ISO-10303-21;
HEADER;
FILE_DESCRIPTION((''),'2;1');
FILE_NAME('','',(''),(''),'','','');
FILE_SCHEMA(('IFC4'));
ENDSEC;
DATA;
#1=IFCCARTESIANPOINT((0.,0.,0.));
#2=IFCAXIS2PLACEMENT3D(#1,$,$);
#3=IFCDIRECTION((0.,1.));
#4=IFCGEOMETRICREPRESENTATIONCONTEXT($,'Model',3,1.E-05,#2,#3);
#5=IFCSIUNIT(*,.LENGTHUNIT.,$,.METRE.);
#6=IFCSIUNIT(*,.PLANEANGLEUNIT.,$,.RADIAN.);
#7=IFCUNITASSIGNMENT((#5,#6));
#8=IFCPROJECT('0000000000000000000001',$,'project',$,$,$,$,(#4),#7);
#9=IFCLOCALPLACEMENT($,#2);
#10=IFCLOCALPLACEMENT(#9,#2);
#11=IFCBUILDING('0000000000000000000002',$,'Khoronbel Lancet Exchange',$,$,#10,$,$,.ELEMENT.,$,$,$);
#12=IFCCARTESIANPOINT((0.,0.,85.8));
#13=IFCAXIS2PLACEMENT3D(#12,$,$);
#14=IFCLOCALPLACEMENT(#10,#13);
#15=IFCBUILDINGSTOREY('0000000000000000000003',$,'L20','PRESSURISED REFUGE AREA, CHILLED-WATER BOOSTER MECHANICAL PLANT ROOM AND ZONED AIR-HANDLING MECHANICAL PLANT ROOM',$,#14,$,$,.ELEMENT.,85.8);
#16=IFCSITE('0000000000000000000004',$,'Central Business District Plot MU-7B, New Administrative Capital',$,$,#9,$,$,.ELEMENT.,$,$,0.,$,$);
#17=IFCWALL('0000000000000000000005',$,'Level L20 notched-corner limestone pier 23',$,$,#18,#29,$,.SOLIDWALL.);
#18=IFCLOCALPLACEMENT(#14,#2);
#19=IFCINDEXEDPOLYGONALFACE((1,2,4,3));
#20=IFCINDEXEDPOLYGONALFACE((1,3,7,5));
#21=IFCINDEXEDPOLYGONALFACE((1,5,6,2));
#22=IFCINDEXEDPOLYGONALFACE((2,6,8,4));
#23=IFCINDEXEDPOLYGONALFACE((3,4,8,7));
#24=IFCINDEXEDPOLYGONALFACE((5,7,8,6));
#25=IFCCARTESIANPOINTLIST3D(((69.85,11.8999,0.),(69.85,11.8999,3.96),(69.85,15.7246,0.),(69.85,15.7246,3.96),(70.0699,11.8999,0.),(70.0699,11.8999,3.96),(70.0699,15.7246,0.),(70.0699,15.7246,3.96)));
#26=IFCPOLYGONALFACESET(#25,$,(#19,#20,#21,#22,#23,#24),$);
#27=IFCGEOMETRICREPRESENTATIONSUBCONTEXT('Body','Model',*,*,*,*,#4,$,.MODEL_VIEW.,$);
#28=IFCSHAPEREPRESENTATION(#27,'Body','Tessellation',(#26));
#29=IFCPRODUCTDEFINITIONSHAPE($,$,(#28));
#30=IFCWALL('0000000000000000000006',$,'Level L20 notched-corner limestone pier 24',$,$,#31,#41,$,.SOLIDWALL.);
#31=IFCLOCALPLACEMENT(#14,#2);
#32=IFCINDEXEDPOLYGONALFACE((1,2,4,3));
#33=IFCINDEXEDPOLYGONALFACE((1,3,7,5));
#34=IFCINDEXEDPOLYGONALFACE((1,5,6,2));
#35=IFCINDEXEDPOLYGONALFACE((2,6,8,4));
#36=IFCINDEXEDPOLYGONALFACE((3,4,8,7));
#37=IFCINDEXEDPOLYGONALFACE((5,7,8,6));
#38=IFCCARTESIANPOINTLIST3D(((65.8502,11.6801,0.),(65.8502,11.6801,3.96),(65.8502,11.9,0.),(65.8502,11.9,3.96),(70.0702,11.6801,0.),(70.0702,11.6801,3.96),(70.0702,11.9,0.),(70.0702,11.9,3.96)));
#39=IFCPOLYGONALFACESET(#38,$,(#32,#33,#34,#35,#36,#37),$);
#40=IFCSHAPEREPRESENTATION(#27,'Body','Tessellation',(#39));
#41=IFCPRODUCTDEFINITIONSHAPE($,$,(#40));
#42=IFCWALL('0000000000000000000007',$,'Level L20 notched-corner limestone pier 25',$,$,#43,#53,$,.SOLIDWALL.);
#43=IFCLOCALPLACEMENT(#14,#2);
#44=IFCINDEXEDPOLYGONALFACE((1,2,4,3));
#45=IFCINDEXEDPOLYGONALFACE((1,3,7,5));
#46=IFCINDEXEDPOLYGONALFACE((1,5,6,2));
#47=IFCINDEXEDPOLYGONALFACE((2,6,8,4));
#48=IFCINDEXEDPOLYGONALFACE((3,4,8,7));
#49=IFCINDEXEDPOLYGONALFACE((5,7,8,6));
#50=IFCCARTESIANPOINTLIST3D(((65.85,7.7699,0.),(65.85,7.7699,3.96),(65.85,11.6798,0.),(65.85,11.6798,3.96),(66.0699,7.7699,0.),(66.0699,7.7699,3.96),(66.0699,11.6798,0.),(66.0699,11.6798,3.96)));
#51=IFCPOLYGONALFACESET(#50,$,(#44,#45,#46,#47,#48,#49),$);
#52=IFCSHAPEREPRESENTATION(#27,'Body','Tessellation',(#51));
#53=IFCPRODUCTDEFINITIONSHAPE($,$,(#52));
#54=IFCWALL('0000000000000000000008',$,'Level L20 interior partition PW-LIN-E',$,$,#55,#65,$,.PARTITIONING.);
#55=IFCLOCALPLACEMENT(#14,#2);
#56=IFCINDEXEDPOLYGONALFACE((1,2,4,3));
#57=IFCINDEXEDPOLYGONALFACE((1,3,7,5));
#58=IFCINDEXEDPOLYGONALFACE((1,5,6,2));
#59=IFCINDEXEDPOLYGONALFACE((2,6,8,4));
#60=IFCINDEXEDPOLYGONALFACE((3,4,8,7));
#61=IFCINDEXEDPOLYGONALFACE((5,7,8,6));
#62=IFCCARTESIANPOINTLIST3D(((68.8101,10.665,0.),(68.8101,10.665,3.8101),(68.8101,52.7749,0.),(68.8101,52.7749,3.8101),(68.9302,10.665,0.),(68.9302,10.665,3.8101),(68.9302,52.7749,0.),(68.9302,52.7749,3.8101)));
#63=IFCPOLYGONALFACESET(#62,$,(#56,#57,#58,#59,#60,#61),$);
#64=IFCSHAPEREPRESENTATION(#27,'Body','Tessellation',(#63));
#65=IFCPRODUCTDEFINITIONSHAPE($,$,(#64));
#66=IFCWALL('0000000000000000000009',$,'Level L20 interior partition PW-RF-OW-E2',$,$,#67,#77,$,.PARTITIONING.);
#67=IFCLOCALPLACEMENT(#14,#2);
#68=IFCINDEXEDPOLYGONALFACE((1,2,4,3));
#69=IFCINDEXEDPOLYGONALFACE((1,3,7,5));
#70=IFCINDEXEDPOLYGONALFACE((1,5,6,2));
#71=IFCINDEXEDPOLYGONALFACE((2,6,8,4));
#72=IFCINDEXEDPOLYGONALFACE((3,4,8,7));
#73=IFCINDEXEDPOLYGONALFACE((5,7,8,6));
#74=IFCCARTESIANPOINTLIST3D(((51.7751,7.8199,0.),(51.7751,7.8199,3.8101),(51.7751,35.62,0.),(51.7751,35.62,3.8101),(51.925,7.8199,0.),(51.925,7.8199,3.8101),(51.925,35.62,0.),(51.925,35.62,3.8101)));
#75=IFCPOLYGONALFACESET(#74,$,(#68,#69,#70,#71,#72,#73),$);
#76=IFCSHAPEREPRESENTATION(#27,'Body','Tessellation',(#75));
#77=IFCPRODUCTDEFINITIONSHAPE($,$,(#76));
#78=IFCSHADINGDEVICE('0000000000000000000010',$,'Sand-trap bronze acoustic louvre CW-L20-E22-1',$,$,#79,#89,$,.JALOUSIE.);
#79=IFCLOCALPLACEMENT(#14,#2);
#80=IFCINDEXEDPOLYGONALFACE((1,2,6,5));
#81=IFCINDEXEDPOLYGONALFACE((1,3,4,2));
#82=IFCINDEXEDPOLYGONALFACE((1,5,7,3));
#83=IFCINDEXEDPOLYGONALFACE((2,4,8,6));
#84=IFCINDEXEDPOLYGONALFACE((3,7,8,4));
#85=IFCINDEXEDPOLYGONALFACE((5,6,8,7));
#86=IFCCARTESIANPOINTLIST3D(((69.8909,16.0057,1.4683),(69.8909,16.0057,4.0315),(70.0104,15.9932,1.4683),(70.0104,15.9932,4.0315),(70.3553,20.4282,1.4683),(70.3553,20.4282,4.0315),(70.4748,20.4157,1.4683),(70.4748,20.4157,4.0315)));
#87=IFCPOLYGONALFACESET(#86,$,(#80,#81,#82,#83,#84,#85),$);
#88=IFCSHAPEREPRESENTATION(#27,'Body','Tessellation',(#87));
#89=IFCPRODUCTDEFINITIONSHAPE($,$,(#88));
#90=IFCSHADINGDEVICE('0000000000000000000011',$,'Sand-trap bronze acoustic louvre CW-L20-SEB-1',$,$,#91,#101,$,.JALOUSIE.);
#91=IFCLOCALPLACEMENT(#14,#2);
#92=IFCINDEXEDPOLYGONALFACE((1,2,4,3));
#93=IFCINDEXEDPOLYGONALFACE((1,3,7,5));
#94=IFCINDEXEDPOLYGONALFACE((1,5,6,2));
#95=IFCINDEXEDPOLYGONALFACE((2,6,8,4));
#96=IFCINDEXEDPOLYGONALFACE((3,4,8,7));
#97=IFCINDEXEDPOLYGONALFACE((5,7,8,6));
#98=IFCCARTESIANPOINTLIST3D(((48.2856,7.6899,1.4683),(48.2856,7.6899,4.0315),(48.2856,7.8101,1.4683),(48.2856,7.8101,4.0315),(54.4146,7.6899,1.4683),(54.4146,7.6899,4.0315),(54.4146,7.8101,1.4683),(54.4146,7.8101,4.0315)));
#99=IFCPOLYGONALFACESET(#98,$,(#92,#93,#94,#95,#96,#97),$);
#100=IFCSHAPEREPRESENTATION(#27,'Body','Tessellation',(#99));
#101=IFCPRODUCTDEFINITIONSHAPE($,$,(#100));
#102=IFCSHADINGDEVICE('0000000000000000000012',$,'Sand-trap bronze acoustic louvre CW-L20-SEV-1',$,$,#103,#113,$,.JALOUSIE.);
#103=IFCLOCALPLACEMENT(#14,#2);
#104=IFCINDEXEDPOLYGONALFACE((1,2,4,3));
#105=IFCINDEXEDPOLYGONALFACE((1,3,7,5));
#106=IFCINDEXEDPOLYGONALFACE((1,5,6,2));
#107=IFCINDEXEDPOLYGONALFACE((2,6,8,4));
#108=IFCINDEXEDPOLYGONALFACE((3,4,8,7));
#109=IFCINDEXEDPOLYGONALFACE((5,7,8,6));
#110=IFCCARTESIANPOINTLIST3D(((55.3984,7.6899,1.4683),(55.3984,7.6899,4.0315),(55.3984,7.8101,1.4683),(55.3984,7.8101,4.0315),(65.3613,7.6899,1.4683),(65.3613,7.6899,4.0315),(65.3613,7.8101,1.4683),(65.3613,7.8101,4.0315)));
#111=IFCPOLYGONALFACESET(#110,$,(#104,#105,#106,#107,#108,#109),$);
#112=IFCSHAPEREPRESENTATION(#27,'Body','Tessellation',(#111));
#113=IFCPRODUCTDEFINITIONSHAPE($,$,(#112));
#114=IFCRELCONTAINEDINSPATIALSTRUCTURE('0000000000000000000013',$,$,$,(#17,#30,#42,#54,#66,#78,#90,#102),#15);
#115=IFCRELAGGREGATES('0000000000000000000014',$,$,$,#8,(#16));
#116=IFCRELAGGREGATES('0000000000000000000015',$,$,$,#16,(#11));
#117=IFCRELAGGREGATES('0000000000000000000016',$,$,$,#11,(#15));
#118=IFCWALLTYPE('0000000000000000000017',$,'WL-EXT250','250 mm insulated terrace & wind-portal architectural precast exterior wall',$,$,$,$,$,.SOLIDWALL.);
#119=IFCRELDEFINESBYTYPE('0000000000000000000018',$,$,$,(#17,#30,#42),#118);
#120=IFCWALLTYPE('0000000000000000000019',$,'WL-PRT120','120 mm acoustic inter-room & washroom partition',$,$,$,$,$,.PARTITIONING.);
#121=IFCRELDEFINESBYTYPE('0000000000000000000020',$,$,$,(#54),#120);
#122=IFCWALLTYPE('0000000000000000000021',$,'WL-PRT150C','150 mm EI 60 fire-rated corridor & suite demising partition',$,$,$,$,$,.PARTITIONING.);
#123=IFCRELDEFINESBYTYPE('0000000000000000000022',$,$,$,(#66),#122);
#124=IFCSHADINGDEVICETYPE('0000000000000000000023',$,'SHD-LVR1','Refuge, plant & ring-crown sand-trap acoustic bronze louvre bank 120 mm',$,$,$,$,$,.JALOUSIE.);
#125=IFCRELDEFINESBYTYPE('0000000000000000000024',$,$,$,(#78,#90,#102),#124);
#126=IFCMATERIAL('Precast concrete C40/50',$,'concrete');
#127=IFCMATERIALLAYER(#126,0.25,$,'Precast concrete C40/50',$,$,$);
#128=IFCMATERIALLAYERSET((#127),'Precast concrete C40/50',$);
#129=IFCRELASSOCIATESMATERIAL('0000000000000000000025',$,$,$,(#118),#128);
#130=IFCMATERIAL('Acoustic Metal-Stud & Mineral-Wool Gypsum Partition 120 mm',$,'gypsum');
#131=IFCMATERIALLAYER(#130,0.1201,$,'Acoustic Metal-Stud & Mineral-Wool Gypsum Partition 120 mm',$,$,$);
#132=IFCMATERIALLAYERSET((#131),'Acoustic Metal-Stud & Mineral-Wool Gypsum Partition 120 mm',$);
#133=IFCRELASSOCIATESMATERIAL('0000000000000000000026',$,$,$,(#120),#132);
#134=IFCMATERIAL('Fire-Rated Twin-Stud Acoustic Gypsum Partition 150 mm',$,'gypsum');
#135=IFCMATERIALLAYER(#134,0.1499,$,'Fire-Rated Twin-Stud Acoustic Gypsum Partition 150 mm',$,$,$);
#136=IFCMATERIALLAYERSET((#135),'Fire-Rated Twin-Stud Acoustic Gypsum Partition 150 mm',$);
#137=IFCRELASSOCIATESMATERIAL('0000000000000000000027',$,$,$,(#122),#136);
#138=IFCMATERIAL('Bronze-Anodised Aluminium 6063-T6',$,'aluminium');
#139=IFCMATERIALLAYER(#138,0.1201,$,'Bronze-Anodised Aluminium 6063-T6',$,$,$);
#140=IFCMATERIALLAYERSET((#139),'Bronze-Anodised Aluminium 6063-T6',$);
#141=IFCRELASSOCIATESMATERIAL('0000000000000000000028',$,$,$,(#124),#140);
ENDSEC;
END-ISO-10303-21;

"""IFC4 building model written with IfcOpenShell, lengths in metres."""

from ifc_helpers import new_model, si_unit, direction, frame, frame_2d, origin, origin_2d, place, context, subcontext, project, spatial, rectangle, extrude, material, layer, layer_set, type_object, element, save


model = new_model("IFC4")

# Units and contexts
model_context = context("Model", 3, precision=1e-05, world=origin(), true_north=direction((0.0, 1.0)))
body_context = subcontext(model_context, "Body", "Model", "MODEL_VIEW")
ifc_project = project(units=[si_unit("LENGTHUNIT", "METRE"), si_unit("PLANEANGLEUNIT", "RADIAN")], contexts=[model_context])

# Site, building, storey
site_placement = place(None, origin())
site = spatial("IfcSite", under=ifc_project, at=site_placement, Name="Central Business District Plot MU-7B, New Administrative Capital", CompositionType="ELEMENT", RefElevation=0.0)
building_placement = place(site_placement, origin())
building = spatial("IfcBuilding", under=site, at=building_placement, Name="Khoronbel Lancet Exchange", CompositionType="ELEMENT")
storey_placement = place(building_placement, frame((0.0, 0.0, 85.8)))
storey = spatial("IfcBuildingStorey", under=building, at=storey_placement, Name="L20", Description="PRESSURISED REFUGE AREA, CHILLED-WATER BOOSTER MECHANICAL PLANT ROOM AND ZONED AIR-HANDLING MECHANICAL PLANT ROOM", CompositionType="ELEMENT", Elevation=85.8)

# Shared definitions
ifc_material_1 = material(Name="Bronze-Anodised Aluminium 6063-T6", Category="aluminium")

# Walls
ifc_material_2 = material(Name="Precast concrete C40/50", Category="concrete")
ifc_layer_1 = layer(ifc_material_2, 0.25, Name="Precast concrete C40/50")
ifc_layer_set_1 = layer_set([ifc_layer_1], Name="Precast concrete C40/50")
wall_type_1 = type_object("IfcWallType", Name="WL-EXT250", Description="250 mm insulated terrace & wind-portal architectural precast exterior wall", PredefinedType="SOLIDWALL", material=ifc_layer_set_1)
wall_1_placement = place(storey_placement, frame((69.96, 15.7246, 0.0), z_axis=(0.0, 0.0, 1.0), x_axis=(0.0, -1.0, 0.0)))
element("IfcWall", 1, at=wall_1_placement, inside=storey, type_object=wall_type_1, Name="Level L20 notched-corner limestone pier 23", PredefinedType="SOLIDWALL", context=body_context, shape_type="SweptSolid", body=[
    extrude(rectangle(XDim=3.8247, YDim=0.22, at=frame_2d((1.9124, 0.0))), origin(), (0.0, 0.0, 1.0), 3.96),
])
wall_2_placement = place(storey_placement, frame((70.0701, 11.79, 0.0), z_axis=(0.0, 0.0, 1.0), x_axis=(-1.0, 0.0, 0.0)))
element("IfcWall", 2, at=wall_2_placement, inside=storey, type_object=wall_type_1, Name="Level L20 notched-corner limestone pier 24", PredefinedType="SOLIDWALL", context=body_context, shape_type="SweptSolid", body=[
    extrude(rectangle(XDim=4.22, YDim=0.22, at=frame_2d((2.1099, 0.0))), origin(), (0.0, 0.0, 1.0), 3.96),
])
wall_3_placement = place(storey_placement, frame((65.96, 11.6799, 0.0), z_axis=(0.0, 0.0, 1.0), x_axis=(0.0, -1.0, 0.0)))
element("IfcWall", 3, at=wall_3_placement, inside=storey, type_object=wall_type_1, Name="Level L20 notched-corner limestone pier 25", PredefinedType="SOLIDWALL", context=body_context, shape_type="SweptSolid", body=[
    extrude(rectangle(XDim=3.9099, YDim=0.22, at=frame_2d((1.9551, 0.0))), origin(), (0.0, 0.0, 1.0), 3.96),
])
ifc_material_3 = material(Name="Acoustic Metal-Stud & Mineral-Wool Gypsum Partition 120 mm", Category="gypsum")
ifc_layer_2 = layer(ifc_material_3, 0.1201, Name="Acoustic Metal-Stud & Mineral-Wool Gypsum Partition 120 mm")
ifc_layer_set_2 = layer_set([ifc_layer_2], Name="Acoustic Metal-Stud & Mineral-Wool Gypsum Partition 120 mm")
wall_type_2 = type_object("IfcWallType", Name="WL-PRT120", Description="120 mm acoustic inter-room & washroom partition", PredefinedType="PARTITIONING", material=ifc_layer_set_2)
wall_4_placement = place(storey_placement, frame((68.8701, 10.665, 0.0), z_axis=(0.0, 0.0, 1.0), x_axis=(0.0, 1.0, 0.0)))
element("IfcWall", 4, at=wall_4_placement, inside=storey, type_object=wall_type_2, Name="Level L20 interior partition PW-LIN-E", PredefinedType="PARTITIONING", context=body_context, shape_type="SweptSolid", body=[
    extrude(rectangle(XDim=42.1099, YDim=0.1201, at=frame_2d((21.0549, 0.0))), origin(), (0.0, 0.0, 1.0), 3.8101),
])
ifc_material_4 = material(Name="Fire-Rated Twin-Stud Acoustic Gypsum Partition 150 mm", Category="gypsum")
ifc_layer_3 = layer(ifc_material_4, 0.1499, Name="Fire-Rated Twin-Stud Acoustic Gypsum Partition 150 mm")
ifc_layer_set_3 = layer_set([ifc_layer_3], Name="Fire-Rated Twin-Stud Acoustic Gypsum Partition 150 mm")
wall_type_3 = type_object("IfcWallType", Name="WL-PRT150C", Description="150 mm EI 60 fire-rated corridor & suite demising partition", PredefinedType="PARTITIONING", material=ifc_layer_set_3)
wall_5_placement = place(storey_placement, frame((51.8501, 7.8201, 0.0), z_axis=(0.0, 0.0, 1.0), x_axis=(0.0, 1.0, 0.0)))
element("IfcWall", 5, at=wall_5_placement, inside=storey, type_object=wall_type_3, Name="Level L20 interior partition PW-RF-OW-E2", PredefinedType="PARTITIONING", context=body_context, shape_type="SweptSolid", body=[
    extrude(rectangle(XDim=27.8, YDim=0.1499, at=frame_2d((13.8999, 0.0))), origin(), (0.0, 0.0, 1.0), 3.8101),
])

# Shading devices
ifc_layer_4 = layer(ifc_material_1, 0.1201, Name="Bronze-Anodised Aluminium 6063-T6")
ifc_layer_set_4 = layer_set([ifc_layer_4], Name="Bronze-Anodised Aluminium 6063-T6")
shading_device_type = type_object("IfcShadingDeviceType", Name="SHD-LVR1", Description="Refuge, plant & ring-crown sand-trap acoustic bronze louvre bank 120 mm", PredefinedType="JALOUSIE", material=ifc_layer_set_4)
shading_device_1_placement = place(storey_placement, frame((70.1829, 18.2107, 1.4683), z_axis=(0.0, 0.0, 1.0), x_axis=(-0.104434, -0.994532, 0.0)))
element("IfcShadingDevice", 6, at=shading_device_1_placement, inside=storey, type_object=shading_device_type, Name="Sand-trap bronze acoustic louvre CW-L20-E22-1", PredefinedType="JALOUSIE", context=body_context, shape_type="SweptSolid", body=[
    extrude(rectangle(XDim=4.4468, YDim=0.1201, at=origin_2d()), origin(), (0.0, 0.0, 1.0), 2.5632),
])
shading_device_2_placement = place(storey_placement, frame((51.3501, 7.75, 1.4683), z_axis=(0.0, 0.0, 1.0), x_axis=(1.0, 0.0, 0.0)))
element("IfcShadingDevice", 7, at=shading_device_2_placement, inside=storey, type_object=shading_device_type, Name="Sand-trap bronze acoustic louvre CW-L20-SEB-1", PredefinedType="JALOUSIE", context=body_context, shape_type="SweptSolid", body=[
    extrude(rectangle(XDim=6.1289, YDim=0.1201, at=origin_2d()), origin(), (0.0, 0.0, 1.0), 2.5632),
])
shading_device_3_placement = place(storey_placement, frame((60.3799, 7.75, 1.4683), z_axis=(0.0, 0.0, 1.0), x_axis=(1.0, 0.0, 0.0)))
element("IfcShadingDevice", 8, at=shading_device_3_placement, inside=storey, type_object=shading_device_type, Name="Sand-trap bronze acoustic louvre CW-L20-SEV-1", PredefinedType="JALOUSIE", context=body_context, shape_type="SweptSolid", body=[
    extrude(rectangle(XDim=9.9629, YDim=0.1201, at=origin_2d()), origin(), (0.0, 0.0, 1.0), 2.5632),
])

save(model, "model.ifc")
